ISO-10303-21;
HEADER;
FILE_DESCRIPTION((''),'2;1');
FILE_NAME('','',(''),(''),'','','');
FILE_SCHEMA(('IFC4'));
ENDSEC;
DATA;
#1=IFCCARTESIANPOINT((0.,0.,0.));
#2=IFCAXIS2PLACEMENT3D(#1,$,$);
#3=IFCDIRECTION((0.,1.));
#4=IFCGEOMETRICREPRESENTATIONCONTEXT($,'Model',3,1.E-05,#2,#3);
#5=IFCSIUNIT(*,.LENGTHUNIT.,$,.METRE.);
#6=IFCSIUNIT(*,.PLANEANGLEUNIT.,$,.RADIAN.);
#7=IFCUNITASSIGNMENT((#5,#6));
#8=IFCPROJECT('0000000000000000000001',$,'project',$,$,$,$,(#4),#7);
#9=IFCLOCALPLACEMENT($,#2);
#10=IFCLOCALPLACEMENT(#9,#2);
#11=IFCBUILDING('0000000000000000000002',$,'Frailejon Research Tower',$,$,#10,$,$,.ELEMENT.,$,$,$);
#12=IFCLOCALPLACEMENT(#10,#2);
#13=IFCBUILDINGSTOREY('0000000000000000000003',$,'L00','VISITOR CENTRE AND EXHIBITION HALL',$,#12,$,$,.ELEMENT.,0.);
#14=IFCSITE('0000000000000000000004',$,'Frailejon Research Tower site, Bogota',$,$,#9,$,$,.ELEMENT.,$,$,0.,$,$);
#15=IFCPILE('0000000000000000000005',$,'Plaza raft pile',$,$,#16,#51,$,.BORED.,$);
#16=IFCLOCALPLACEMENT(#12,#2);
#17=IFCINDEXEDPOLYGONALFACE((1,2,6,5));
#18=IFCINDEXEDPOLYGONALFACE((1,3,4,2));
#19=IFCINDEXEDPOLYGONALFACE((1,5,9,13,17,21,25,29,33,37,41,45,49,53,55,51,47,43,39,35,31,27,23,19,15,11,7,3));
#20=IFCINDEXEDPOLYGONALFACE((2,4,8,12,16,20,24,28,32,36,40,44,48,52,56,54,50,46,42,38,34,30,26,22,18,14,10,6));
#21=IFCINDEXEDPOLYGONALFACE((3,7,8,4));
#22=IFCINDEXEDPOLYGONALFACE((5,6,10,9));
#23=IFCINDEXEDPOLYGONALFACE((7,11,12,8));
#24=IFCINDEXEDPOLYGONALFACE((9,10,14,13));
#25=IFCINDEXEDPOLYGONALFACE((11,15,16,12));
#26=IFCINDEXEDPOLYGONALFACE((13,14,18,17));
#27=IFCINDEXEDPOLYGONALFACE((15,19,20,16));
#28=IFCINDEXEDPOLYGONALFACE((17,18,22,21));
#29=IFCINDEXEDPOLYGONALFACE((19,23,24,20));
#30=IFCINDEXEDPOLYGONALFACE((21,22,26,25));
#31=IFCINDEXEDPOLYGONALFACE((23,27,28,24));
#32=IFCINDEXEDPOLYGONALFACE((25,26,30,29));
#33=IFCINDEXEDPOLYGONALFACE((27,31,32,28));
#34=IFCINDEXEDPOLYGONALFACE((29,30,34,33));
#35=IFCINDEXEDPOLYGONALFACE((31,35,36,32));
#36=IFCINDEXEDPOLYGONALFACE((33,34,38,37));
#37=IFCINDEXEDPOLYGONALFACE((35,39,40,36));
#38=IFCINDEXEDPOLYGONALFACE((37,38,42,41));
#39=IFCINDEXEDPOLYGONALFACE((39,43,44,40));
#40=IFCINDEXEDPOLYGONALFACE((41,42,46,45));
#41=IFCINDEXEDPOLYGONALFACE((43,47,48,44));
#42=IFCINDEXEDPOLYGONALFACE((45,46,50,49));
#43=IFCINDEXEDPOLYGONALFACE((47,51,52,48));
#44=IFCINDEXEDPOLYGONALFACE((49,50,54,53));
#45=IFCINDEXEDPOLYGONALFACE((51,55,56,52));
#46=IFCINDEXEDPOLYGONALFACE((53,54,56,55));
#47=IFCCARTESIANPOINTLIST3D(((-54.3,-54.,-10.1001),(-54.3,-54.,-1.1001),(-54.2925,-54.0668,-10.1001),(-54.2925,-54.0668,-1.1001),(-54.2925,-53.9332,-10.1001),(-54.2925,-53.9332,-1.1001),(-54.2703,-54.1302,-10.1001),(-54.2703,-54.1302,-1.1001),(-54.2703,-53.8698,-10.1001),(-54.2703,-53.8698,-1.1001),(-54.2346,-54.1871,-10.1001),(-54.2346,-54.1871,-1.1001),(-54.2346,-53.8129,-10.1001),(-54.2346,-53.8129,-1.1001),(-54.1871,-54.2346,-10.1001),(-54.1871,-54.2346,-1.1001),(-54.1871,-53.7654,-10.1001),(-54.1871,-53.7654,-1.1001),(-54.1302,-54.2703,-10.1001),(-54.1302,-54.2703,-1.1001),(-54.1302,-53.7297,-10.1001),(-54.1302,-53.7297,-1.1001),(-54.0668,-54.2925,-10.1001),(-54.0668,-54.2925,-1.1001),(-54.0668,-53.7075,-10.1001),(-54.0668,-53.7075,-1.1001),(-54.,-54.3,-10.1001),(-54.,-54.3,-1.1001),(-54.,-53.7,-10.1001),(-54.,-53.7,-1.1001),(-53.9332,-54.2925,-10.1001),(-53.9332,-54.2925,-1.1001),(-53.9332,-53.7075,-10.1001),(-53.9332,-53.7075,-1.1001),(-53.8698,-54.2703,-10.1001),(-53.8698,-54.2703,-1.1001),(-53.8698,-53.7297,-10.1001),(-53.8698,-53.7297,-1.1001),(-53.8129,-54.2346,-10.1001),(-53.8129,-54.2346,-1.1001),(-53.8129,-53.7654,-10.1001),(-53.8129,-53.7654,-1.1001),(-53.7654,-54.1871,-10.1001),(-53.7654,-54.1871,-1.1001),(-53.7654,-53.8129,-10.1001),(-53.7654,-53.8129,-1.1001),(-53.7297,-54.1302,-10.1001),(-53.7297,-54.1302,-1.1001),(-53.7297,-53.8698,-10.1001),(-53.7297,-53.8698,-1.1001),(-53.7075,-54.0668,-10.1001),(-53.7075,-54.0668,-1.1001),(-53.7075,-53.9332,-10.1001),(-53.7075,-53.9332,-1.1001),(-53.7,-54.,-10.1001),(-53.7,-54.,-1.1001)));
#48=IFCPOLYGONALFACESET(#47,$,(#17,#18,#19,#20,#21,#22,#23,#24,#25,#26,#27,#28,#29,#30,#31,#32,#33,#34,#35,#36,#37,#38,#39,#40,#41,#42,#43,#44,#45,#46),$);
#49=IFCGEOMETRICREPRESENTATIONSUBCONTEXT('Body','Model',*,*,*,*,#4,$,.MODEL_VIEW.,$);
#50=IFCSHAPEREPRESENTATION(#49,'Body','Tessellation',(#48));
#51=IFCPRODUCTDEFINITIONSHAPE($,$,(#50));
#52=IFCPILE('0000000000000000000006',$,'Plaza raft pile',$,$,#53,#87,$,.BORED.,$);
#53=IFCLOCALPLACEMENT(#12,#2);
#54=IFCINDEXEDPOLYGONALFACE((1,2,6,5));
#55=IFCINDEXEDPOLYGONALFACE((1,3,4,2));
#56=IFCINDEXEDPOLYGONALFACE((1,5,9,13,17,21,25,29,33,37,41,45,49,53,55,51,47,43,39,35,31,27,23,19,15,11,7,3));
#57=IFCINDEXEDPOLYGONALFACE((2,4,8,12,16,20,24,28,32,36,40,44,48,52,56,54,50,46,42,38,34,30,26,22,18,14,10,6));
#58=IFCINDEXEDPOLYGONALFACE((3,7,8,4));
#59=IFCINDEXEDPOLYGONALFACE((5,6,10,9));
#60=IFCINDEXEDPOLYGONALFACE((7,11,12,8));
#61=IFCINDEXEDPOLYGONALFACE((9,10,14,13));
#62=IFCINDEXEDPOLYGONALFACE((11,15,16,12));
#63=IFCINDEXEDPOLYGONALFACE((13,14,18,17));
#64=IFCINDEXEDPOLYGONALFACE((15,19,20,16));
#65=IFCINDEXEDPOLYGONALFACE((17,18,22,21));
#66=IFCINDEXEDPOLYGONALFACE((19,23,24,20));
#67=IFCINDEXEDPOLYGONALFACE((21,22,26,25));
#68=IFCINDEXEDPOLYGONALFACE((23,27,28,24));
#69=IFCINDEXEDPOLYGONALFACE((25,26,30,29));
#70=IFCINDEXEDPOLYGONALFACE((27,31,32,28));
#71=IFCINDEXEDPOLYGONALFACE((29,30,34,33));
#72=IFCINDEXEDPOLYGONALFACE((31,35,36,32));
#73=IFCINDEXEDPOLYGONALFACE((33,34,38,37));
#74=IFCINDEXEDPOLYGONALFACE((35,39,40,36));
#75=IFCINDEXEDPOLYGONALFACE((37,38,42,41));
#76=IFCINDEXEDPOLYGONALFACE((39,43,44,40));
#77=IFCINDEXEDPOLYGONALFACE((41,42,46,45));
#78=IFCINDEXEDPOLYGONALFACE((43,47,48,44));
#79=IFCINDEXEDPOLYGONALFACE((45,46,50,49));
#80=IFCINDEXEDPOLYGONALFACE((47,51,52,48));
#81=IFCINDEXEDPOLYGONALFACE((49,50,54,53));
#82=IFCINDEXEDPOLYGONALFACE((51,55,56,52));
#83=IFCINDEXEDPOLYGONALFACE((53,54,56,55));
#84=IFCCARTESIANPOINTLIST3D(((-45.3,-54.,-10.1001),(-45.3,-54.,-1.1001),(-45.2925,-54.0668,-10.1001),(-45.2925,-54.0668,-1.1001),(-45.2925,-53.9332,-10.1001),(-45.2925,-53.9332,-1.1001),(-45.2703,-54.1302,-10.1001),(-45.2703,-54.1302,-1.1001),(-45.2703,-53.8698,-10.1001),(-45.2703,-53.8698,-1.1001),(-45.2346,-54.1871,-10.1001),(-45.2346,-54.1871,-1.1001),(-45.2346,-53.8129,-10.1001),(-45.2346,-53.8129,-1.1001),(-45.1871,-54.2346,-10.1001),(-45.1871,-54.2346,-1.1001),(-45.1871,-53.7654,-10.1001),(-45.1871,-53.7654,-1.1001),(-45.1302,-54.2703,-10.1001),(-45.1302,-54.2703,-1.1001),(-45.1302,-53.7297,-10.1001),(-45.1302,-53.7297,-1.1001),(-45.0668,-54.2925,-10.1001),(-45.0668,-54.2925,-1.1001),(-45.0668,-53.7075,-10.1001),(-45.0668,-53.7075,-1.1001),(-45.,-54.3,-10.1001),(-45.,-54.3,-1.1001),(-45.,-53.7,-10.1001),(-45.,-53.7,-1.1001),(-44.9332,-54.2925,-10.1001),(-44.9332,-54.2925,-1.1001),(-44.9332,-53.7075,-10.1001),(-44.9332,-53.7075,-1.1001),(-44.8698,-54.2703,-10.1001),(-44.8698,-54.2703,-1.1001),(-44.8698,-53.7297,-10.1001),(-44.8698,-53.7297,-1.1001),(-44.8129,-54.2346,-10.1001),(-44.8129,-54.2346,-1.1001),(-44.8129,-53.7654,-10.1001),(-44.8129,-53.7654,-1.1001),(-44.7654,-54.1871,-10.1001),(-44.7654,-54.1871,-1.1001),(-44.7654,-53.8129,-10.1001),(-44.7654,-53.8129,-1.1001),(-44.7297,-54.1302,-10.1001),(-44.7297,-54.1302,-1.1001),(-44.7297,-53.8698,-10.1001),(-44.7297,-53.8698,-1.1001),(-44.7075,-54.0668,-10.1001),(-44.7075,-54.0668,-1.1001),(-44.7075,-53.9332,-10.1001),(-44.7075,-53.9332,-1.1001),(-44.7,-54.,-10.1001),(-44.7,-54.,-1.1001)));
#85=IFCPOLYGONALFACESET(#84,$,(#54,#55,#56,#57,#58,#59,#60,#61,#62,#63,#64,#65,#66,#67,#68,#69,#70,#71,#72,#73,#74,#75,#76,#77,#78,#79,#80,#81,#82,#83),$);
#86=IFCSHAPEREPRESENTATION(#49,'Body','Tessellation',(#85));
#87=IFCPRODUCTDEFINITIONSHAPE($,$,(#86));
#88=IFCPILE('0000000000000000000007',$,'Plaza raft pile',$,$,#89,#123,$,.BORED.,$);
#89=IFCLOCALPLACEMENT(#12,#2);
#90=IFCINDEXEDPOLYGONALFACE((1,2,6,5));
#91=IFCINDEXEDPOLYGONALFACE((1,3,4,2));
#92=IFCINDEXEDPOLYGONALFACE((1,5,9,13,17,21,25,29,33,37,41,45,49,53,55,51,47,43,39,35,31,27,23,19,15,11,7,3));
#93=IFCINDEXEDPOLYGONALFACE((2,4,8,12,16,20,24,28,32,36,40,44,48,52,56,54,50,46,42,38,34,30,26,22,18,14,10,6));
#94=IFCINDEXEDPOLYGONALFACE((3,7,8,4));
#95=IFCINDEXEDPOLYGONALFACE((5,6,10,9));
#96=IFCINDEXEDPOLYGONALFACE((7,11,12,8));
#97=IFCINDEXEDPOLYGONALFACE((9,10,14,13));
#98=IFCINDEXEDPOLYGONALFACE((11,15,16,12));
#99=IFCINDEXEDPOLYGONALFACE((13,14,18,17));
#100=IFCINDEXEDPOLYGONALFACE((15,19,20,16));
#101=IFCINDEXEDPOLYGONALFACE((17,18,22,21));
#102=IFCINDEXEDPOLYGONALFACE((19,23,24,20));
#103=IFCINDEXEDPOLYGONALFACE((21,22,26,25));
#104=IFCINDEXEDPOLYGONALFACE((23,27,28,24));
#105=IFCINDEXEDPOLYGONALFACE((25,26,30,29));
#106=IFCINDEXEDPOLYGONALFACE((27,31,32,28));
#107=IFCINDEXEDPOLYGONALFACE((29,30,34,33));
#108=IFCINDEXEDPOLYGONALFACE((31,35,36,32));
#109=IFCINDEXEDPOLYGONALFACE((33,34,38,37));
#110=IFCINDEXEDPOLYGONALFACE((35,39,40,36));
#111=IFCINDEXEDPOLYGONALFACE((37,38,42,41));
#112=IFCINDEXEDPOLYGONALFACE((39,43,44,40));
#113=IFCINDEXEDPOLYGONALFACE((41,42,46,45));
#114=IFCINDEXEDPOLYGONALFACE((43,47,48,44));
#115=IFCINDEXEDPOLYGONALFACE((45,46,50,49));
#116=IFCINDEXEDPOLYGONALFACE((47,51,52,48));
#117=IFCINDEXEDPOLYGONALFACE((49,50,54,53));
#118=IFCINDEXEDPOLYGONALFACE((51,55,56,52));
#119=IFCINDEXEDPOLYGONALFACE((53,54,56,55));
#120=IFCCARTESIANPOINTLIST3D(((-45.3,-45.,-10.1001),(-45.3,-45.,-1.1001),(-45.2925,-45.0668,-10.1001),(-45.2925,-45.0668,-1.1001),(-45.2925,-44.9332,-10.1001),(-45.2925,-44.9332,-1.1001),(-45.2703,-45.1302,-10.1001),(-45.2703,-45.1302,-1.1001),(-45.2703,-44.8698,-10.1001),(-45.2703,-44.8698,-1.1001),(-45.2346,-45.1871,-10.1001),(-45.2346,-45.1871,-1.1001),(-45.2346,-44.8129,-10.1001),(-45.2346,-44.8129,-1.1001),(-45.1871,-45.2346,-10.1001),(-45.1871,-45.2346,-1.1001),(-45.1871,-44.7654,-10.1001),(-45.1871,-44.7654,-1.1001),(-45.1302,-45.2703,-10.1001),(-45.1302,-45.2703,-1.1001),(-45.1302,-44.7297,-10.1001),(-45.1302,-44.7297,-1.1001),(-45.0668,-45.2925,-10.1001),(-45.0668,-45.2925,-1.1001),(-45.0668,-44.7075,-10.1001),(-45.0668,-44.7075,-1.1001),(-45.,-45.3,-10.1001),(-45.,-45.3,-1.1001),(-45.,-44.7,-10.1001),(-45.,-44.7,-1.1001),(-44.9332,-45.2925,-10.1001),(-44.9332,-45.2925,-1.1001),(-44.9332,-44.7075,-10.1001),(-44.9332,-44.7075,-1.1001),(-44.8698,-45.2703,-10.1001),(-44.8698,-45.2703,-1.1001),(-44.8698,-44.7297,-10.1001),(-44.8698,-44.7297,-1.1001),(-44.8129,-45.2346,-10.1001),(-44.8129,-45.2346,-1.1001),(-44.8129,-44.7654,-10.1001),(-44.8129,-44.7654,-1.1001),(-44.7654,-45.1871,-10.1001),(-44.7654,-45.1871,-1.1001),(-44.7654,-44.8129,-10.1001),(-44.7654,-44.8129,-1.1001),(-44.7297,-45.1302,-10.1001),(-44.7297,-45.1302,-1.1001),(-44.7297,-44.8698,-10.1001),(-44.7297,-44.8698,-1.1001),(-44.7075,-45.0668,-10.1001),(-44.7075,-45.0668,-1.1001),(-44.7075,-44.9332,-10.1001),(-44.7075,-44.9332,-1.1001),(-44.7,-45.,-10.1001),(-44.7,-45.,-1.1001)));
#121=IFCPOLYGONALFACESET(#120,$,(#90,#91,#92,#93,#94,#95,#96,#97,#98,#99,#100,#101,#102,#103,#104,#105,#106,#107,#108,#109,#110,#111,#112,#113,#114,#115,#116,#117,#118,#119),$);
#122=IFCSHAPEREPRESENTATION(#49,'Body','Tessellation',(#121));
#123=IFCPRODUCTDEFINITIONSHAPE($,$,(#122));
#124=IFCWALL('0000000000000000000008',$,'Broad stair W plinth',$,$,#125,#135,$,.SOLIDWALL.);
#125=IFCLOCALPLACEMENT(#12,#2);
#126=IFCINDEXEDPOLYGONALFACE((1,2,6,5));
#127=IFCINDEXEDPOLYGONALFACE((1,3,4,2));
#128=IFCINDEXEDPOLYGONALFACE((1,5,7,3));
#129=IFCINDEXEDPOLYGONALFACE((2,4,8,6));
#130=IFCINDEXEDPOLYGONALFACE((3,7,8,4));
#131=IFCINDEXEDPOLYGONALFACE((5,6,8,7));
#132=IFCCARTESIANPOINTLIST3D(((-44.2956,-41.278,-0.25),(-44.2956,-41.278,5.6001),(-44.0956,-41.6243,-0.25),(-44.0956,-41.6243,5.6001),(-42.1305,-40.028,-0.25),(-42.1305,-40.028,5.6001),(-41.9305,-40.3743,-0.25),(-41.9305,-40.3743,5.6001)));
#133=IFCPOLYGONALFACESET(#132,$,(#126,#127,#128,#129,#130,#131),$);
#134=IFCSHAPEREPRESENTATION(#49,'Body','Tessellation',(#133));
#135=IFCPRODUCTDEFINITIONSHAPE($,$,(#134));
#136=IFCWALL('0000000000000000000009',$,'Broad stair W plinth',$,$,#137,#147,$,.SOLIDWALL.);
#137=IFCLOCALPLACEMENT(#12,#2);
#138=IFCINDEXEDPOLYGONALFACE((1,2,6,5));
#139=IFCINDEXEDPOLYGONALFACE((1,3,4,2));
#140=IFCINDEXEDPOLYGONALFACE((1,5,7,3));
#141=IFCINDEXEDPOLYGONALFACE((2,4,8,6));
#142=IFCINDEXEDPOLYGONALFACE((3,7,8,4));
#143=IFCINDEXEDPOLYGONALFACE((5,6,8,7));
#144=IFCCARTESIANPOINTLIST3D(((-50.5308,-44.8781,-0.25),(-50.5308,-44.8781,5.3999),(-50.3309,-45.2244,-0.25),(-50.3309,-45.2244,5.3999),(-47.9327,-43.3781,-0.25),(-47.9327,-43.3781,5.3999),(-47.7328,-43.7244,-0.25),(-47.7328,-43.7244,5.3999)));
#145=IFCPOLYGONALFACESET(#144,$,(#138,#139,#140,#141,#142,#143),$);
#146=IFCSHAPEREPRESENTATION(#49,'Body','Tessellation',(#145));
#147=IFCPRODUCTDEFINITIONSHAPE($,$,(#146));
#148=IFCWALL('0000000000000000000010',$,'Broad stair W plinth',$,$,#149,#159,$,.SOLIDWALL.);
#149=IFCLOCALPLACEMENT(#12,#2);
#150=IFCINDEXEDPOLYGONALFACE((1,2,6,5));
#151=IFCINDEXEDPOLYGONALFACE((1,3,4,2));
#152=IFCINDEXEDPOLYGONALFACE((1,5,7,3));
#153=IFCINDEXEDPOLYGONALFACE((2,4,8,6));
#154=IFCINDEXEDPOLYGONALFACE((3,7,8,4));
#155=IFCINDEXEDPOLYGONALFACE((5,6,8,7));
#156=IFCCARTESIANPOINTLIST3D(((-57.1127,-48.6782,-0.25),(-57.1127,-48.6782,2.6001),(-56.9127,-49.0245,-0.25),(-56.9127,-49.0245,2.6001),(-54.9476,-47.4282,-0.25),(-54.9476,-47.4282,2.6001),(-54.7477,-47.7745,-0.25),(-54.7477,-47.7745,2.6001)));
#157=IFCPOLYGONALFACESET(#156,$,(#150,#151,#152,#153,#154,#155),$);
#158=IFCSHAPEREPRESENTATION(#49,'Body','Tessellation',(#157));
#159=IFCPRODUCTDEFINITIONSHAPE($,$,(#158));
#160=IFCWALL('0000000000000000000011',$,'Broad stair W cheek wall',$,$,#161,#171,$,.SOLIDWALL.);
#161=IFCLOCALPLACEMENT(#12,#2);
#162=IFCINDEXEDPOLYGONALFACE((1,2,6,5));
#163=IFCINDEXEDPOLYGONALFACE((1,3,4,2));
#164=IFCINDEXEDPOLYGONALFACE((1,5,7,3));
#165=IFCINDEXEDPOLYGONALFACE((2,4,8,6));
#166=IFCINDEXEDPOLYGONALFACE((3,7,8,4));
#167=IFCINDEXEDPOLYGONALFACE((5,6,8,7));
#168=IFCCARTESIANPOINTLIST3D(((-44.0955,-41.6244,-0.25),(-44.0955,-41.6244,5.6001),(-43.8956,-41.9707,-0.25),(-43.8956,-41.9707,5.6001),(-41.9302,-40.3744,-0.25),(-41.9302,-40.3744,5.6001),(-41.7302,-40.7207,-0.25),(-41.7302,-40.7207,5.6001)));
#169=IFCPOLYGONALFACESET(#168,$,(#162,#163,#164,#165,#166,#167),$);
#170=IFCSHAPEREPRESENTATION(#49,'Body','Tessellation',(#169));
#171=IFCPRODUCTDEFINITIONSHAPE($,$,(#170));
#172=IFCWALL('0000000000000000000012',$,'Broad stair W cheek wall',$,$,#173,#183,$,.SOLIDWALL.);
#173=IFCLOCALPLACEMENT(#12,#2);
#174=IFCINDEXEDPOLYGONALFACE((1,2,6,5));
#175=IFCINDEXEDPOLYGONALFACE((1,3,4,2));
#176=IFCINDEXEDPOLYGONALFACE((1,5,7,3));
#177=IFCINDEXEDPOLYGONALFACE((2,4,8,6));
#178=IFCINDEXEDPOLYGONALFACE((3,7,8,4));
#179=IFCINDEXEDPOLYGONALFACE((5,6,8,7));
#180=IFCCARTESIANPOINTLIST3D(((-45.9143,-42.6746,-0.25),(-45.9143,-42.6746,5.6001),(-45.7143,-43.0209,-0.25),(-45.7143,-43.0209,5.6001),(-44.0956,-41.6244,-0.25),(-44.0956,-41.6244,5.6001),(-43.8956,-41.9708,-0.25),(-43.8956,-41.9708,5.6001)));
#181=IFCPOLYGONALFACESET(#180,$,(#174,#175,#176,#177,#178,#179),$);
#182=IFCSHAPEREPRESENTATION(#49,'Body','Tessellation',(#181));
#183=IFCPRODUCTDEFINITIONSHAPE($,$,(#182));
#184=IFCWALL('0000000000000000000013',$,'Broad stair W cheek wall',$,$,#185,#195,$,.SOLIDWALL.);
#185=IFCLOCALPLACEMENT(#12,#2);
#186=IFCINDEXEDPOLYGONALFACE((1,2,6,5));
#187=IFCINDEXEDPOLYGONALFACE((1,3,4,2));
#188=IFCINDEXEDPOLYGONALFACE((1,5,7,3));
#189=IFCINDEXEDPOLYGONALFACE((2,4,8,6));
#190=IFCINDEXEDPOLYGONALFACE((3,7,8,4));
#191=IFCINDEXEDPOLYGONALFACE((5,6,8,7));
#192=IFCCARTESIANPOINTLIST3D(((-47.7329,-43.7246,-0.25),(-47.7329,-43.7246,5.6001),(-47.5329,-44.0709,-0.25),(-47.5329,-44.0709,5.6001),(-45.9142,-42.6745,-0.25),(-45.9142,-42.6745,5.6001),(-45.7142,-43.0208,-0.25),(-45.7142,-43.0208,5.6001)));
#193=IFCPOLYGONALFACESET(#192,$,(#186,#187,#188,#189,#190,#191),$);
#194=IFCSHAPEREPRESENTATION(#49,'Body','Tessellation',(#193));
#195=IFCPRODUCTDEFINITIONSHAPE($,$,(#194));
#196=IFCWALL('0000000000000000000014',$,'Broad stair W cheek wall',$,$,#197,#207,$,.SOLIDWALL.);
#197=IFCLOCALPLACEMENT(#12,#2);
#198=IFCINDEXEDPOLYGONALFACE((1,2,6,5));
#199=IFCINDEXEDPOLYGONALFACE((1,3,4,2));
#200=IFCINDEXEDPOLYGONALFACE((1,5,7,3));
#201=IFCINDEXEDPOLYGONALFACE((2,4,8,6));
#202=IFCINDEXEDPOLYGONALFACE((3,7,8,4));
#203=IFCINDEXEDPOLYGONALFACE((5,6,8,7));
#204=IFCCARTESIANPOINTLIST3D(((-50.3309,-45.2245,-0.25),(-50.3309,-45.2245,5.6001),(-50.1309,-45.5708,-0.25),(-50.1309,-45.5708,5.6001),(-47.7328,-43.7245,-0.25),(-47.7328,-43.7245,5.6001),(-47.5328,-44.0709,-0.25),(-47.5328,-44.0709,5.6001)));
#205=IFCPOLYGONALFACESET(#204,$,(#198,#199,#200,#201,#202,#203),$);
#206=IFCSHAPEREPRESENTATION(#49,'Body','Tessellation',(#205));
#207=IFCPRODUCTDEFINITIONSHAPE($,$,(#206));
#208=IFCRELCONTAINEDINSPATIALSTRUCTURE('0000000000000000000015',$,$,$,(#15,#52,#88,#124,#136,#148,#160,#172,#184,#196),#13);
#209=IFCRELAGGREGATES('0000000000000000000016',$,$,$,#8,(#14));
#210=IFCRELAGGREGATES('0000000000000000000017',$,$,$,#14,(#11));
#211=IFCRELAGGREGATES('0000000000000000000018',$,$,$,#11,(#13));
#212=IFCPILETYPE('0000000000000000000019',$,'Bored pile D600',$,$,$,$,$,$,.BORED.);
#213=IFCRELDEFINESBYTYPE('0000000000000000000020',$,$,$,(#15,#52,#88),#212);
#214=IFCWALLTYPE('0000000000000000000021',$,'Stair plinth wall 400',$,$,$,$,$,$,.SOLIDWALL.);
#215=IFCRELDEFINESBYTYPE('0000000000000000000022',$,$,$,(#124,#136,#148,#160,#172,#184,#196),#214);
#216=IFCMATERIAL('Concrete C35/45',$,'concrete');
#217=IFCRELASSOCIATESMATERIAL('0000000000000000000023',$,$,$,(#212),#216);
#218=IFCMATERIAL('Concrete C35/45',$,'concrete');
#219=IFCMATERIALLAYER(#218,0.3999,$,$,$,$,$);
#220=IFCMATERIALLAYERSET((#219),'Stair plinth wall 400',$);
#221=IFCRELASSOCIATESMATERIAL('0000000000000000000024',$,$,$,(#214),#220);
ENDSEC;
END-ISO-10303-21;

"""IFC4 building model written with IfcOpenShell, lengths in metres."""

from ifc_helpers import new_model, si_unit, direction, frame, frame_2d, origin, origin_2d, place, context, subcontext, project, spatial, rectangle, circle, extrude, material, layer, layer_set, material_profile, profile_set, type_object, element, save


model = new_model("IFC4")

# Units and contexts
model_context = context("Model", 3, precision=1e-05, world=origin(), true_north=direction((0.0, 1.0)))
body_context = subcontext(model_context, "Body", "Model", "MODEL_VIEW")
ifc_project = project(units=[si_unit("LENGTHUNIT", "METRE"), si_unit("PLANEANGLEUNIT", "RADIAN")], contexts=[model_context])

# Site, building, storey
site_placement = place(None, origin())
site = spatial("IfcSite", under=ifc_project, at=site_placement, Name="Frailejon Research Tower site, Bogota", CompositionType="ELEMENT", RefElevation=0.0)
building_placement = place(site_placement, origin())
building = spatial("IfcBuilding", under=site, at=building_placement, Name="Frailejon Research Tower", CompositionType="ELEMENT")
storey_placement = place(building_placement, origin())
storey = spatial("IfcBuildingStorey", under=building, at=storey_placement, Name="L00", Description="VISITOR CENTRE AND EXHIBITION HALL", CompositionType="ELEMENT", Elevation=0.0)

# Piles
ifc_material_1 = material(Name="Concrete C35/45", Category="concrete")
ifc_material_profile = material_profile(ifc_material_1, circle(Radius=0.3, at=origin_2d()), Name="Bored pile D600")
ifc_profile_set = profile_set([ifc_material_profile], Name="Concrete C35/45")
pile_type = type_object("IfcPileType", Name="Bored pile D600", PredefinedType="BORED", material=ifc_profile_set)
for number, where, z_axis, x_axis, name in (
    (1, (-54.0, -54.0, -1.1001), (0.0, 0.0, -1.0), (1.0, 0.0, 0.0), "Plaza raft pile"),
    (2, (-45.0, -54.0, -1.1001), (0.0, 0.0, -1.0), (1.0, 0.0, 0.0), "Plaza raft pile"),
    (3, (-45.0, -45.0, -1.1001), (0.0, 0.0, -1.0), (1.0, 0.0, 0.0), "Plaza raft pile"),
):
    element("IfcPile", number, at=place(storey_placement, frame(where, z_axis=z_axis, x_axis=x_axis)), inside=storey, type_object=pile_type, Name=name, PredefinedType="BORED", context=body_context, shape_type="SweptSolid", body=[
        extrude(circle(Radius=0.3, at=origin_2d()), origin(), (0.0, 0.0, 1.0), 9.0),
    ])

# Walls
ifc_material_2 = material(Name="Concrete C35/45", Category="concrete")
ifc_layer = layer(ifc_material_2, 0.3999)
ifc_layer_set = layer_set([ifc_layer], Name="Stair plinth wall 400")
wall_type = type_object("IfcWallType", Name="Stair plinth wall 400", PredefinedType="SOLIDWALL", material=ifc_layer_set)
wall_1_placement = place(storey_placement, frame((-42.0305, -40.2012, -0.25), z_axis=(0.0, 0.0, 1.0), x_axis=(-0.866023, -0.500004, 0.0)))
element("IfcWall", 4, at=wall_1_placement, inside=storey, type_object=wall_type, Name="Broad stair W plinth", PredefinedType="SOLIDWALL", context=body_context, shape_type="SweptSolid", body=[
    extrude(rectangle(XDim=2.5, YDim=0.3999, at=frame_2d((1.25, 0.0))), origin(), (0.0, 0.0, 1.0), 5.8501),
])
wall_2_placement = place(storey_placement, frame((-47.8328, -43.5513, -0.25), z_axis=(0.0, 0.0, 1.0), x_axis=(-0.866031, -0.49999, 0.0)))
element("IfcWall", 5, at=wall_2_placement, inside=storey, type_object=wall_type, Name="Broad stair W plinth", PredefinedType="SOLIDWALL", context=body_context, shape_type="SweptSolid", body=[
    extrude(rectangle(XDim=3.0, YDim=0.3999, at=frame_2d((1.5, 0.0))), origin(), (0.0, 0.0, 1.0), 5.6499),
])
wall_3_placement = place(storey_placement, frame((-54.8477, -47.6013, -0.25), z_axis=(0.0, 0.0, 1.0), x_axis=(-0.866023, -0.500004, 0.0)))
element("IfcWall", 6, at=wall_3_placement, inside=storey, type_object=wall_type, Name="Broad stair W plinth", PredefinedType="SOLIDWALL", context=body_context, shape_type="SweptSolid", body=[
    extrude(rectangle(XDim=2.5, YDim=0.3999, at=frame_2d((1.25, 0.0))), origin(), (0.0, 0.0, 1.0), 2.8501),
])
wall_4_placement = place(storey_placement, frame((-41.8303, -40.5476, -0.25), z_axis=(0.0, 0.0, 1.0), x_axis=(-0.866047, -0.499962, 0.0)))
element("IfcWall", 7, at=wall_4_placement, inside=storey, type_object=wall_type, Name="Broad stair W cheek wall", PredefinedType="SOLIDWALL", context=body_context, shape_type="SweptSolid", body=[
    extrude(rectangle(XDim=2.5002, YDim=0.3999, at=frame_2d((1.25, 0.0))), origin(), (0.0, 0.0, 1.0), 5.8501),
])
for number, where, z_axis, x_axis, name in (
    (8, (-43.9956, -41.7976, -0.25), (0.0, 0.0, 1.0), (-0.866009, -0.500028, 0.0), "Broad stair W cheek wall"),
    (9, (-45.8142, -42.8477, -0.25), (0.0, 0.0, 1.0), (-0.866009, -0.500028, 0.0), "Broad stair W cheek wall"),
):
    element("IfcWall", number, at=place(storey_placement, frame(where, z_axis=z_axis, x_axis=x_axis)), inside=storey, type_object=wall_type, Name=name, PredefinedType="SOLIDWALL", context=body_context, shape_type="SweptSolid", body=[
        extrude(rectangle(XDim=2.1001, YDim=0.3999, at=frame_2d((1.05, 0.0))), origin(), (0.0, 0.0, 1.0), 5.8501),
    ])
wall_5_placement = place(storey_placement, frame((-47.6328, -43.8977, -0.25), z_axis=(0.0, 0.0, 1.0), x_axis=(-0.866031, -0.49999, 0.0)))
element("IfcWall", 10, at=wall_5_placement, inside=storey, type_object=wall_type, Name="Broad stair W cheek wall", PredefinedType="SOLIDWALL", context=body_context, shape_type="SweptSolid", body=[
    extrude(rectangle(XDim=3.0, YDim=0.3999, at=frame_2d((1.5, 0.0))), origin(), (0.0, 0.0, 1.0), 5.8501),
])

save(model, "model.ifc")
